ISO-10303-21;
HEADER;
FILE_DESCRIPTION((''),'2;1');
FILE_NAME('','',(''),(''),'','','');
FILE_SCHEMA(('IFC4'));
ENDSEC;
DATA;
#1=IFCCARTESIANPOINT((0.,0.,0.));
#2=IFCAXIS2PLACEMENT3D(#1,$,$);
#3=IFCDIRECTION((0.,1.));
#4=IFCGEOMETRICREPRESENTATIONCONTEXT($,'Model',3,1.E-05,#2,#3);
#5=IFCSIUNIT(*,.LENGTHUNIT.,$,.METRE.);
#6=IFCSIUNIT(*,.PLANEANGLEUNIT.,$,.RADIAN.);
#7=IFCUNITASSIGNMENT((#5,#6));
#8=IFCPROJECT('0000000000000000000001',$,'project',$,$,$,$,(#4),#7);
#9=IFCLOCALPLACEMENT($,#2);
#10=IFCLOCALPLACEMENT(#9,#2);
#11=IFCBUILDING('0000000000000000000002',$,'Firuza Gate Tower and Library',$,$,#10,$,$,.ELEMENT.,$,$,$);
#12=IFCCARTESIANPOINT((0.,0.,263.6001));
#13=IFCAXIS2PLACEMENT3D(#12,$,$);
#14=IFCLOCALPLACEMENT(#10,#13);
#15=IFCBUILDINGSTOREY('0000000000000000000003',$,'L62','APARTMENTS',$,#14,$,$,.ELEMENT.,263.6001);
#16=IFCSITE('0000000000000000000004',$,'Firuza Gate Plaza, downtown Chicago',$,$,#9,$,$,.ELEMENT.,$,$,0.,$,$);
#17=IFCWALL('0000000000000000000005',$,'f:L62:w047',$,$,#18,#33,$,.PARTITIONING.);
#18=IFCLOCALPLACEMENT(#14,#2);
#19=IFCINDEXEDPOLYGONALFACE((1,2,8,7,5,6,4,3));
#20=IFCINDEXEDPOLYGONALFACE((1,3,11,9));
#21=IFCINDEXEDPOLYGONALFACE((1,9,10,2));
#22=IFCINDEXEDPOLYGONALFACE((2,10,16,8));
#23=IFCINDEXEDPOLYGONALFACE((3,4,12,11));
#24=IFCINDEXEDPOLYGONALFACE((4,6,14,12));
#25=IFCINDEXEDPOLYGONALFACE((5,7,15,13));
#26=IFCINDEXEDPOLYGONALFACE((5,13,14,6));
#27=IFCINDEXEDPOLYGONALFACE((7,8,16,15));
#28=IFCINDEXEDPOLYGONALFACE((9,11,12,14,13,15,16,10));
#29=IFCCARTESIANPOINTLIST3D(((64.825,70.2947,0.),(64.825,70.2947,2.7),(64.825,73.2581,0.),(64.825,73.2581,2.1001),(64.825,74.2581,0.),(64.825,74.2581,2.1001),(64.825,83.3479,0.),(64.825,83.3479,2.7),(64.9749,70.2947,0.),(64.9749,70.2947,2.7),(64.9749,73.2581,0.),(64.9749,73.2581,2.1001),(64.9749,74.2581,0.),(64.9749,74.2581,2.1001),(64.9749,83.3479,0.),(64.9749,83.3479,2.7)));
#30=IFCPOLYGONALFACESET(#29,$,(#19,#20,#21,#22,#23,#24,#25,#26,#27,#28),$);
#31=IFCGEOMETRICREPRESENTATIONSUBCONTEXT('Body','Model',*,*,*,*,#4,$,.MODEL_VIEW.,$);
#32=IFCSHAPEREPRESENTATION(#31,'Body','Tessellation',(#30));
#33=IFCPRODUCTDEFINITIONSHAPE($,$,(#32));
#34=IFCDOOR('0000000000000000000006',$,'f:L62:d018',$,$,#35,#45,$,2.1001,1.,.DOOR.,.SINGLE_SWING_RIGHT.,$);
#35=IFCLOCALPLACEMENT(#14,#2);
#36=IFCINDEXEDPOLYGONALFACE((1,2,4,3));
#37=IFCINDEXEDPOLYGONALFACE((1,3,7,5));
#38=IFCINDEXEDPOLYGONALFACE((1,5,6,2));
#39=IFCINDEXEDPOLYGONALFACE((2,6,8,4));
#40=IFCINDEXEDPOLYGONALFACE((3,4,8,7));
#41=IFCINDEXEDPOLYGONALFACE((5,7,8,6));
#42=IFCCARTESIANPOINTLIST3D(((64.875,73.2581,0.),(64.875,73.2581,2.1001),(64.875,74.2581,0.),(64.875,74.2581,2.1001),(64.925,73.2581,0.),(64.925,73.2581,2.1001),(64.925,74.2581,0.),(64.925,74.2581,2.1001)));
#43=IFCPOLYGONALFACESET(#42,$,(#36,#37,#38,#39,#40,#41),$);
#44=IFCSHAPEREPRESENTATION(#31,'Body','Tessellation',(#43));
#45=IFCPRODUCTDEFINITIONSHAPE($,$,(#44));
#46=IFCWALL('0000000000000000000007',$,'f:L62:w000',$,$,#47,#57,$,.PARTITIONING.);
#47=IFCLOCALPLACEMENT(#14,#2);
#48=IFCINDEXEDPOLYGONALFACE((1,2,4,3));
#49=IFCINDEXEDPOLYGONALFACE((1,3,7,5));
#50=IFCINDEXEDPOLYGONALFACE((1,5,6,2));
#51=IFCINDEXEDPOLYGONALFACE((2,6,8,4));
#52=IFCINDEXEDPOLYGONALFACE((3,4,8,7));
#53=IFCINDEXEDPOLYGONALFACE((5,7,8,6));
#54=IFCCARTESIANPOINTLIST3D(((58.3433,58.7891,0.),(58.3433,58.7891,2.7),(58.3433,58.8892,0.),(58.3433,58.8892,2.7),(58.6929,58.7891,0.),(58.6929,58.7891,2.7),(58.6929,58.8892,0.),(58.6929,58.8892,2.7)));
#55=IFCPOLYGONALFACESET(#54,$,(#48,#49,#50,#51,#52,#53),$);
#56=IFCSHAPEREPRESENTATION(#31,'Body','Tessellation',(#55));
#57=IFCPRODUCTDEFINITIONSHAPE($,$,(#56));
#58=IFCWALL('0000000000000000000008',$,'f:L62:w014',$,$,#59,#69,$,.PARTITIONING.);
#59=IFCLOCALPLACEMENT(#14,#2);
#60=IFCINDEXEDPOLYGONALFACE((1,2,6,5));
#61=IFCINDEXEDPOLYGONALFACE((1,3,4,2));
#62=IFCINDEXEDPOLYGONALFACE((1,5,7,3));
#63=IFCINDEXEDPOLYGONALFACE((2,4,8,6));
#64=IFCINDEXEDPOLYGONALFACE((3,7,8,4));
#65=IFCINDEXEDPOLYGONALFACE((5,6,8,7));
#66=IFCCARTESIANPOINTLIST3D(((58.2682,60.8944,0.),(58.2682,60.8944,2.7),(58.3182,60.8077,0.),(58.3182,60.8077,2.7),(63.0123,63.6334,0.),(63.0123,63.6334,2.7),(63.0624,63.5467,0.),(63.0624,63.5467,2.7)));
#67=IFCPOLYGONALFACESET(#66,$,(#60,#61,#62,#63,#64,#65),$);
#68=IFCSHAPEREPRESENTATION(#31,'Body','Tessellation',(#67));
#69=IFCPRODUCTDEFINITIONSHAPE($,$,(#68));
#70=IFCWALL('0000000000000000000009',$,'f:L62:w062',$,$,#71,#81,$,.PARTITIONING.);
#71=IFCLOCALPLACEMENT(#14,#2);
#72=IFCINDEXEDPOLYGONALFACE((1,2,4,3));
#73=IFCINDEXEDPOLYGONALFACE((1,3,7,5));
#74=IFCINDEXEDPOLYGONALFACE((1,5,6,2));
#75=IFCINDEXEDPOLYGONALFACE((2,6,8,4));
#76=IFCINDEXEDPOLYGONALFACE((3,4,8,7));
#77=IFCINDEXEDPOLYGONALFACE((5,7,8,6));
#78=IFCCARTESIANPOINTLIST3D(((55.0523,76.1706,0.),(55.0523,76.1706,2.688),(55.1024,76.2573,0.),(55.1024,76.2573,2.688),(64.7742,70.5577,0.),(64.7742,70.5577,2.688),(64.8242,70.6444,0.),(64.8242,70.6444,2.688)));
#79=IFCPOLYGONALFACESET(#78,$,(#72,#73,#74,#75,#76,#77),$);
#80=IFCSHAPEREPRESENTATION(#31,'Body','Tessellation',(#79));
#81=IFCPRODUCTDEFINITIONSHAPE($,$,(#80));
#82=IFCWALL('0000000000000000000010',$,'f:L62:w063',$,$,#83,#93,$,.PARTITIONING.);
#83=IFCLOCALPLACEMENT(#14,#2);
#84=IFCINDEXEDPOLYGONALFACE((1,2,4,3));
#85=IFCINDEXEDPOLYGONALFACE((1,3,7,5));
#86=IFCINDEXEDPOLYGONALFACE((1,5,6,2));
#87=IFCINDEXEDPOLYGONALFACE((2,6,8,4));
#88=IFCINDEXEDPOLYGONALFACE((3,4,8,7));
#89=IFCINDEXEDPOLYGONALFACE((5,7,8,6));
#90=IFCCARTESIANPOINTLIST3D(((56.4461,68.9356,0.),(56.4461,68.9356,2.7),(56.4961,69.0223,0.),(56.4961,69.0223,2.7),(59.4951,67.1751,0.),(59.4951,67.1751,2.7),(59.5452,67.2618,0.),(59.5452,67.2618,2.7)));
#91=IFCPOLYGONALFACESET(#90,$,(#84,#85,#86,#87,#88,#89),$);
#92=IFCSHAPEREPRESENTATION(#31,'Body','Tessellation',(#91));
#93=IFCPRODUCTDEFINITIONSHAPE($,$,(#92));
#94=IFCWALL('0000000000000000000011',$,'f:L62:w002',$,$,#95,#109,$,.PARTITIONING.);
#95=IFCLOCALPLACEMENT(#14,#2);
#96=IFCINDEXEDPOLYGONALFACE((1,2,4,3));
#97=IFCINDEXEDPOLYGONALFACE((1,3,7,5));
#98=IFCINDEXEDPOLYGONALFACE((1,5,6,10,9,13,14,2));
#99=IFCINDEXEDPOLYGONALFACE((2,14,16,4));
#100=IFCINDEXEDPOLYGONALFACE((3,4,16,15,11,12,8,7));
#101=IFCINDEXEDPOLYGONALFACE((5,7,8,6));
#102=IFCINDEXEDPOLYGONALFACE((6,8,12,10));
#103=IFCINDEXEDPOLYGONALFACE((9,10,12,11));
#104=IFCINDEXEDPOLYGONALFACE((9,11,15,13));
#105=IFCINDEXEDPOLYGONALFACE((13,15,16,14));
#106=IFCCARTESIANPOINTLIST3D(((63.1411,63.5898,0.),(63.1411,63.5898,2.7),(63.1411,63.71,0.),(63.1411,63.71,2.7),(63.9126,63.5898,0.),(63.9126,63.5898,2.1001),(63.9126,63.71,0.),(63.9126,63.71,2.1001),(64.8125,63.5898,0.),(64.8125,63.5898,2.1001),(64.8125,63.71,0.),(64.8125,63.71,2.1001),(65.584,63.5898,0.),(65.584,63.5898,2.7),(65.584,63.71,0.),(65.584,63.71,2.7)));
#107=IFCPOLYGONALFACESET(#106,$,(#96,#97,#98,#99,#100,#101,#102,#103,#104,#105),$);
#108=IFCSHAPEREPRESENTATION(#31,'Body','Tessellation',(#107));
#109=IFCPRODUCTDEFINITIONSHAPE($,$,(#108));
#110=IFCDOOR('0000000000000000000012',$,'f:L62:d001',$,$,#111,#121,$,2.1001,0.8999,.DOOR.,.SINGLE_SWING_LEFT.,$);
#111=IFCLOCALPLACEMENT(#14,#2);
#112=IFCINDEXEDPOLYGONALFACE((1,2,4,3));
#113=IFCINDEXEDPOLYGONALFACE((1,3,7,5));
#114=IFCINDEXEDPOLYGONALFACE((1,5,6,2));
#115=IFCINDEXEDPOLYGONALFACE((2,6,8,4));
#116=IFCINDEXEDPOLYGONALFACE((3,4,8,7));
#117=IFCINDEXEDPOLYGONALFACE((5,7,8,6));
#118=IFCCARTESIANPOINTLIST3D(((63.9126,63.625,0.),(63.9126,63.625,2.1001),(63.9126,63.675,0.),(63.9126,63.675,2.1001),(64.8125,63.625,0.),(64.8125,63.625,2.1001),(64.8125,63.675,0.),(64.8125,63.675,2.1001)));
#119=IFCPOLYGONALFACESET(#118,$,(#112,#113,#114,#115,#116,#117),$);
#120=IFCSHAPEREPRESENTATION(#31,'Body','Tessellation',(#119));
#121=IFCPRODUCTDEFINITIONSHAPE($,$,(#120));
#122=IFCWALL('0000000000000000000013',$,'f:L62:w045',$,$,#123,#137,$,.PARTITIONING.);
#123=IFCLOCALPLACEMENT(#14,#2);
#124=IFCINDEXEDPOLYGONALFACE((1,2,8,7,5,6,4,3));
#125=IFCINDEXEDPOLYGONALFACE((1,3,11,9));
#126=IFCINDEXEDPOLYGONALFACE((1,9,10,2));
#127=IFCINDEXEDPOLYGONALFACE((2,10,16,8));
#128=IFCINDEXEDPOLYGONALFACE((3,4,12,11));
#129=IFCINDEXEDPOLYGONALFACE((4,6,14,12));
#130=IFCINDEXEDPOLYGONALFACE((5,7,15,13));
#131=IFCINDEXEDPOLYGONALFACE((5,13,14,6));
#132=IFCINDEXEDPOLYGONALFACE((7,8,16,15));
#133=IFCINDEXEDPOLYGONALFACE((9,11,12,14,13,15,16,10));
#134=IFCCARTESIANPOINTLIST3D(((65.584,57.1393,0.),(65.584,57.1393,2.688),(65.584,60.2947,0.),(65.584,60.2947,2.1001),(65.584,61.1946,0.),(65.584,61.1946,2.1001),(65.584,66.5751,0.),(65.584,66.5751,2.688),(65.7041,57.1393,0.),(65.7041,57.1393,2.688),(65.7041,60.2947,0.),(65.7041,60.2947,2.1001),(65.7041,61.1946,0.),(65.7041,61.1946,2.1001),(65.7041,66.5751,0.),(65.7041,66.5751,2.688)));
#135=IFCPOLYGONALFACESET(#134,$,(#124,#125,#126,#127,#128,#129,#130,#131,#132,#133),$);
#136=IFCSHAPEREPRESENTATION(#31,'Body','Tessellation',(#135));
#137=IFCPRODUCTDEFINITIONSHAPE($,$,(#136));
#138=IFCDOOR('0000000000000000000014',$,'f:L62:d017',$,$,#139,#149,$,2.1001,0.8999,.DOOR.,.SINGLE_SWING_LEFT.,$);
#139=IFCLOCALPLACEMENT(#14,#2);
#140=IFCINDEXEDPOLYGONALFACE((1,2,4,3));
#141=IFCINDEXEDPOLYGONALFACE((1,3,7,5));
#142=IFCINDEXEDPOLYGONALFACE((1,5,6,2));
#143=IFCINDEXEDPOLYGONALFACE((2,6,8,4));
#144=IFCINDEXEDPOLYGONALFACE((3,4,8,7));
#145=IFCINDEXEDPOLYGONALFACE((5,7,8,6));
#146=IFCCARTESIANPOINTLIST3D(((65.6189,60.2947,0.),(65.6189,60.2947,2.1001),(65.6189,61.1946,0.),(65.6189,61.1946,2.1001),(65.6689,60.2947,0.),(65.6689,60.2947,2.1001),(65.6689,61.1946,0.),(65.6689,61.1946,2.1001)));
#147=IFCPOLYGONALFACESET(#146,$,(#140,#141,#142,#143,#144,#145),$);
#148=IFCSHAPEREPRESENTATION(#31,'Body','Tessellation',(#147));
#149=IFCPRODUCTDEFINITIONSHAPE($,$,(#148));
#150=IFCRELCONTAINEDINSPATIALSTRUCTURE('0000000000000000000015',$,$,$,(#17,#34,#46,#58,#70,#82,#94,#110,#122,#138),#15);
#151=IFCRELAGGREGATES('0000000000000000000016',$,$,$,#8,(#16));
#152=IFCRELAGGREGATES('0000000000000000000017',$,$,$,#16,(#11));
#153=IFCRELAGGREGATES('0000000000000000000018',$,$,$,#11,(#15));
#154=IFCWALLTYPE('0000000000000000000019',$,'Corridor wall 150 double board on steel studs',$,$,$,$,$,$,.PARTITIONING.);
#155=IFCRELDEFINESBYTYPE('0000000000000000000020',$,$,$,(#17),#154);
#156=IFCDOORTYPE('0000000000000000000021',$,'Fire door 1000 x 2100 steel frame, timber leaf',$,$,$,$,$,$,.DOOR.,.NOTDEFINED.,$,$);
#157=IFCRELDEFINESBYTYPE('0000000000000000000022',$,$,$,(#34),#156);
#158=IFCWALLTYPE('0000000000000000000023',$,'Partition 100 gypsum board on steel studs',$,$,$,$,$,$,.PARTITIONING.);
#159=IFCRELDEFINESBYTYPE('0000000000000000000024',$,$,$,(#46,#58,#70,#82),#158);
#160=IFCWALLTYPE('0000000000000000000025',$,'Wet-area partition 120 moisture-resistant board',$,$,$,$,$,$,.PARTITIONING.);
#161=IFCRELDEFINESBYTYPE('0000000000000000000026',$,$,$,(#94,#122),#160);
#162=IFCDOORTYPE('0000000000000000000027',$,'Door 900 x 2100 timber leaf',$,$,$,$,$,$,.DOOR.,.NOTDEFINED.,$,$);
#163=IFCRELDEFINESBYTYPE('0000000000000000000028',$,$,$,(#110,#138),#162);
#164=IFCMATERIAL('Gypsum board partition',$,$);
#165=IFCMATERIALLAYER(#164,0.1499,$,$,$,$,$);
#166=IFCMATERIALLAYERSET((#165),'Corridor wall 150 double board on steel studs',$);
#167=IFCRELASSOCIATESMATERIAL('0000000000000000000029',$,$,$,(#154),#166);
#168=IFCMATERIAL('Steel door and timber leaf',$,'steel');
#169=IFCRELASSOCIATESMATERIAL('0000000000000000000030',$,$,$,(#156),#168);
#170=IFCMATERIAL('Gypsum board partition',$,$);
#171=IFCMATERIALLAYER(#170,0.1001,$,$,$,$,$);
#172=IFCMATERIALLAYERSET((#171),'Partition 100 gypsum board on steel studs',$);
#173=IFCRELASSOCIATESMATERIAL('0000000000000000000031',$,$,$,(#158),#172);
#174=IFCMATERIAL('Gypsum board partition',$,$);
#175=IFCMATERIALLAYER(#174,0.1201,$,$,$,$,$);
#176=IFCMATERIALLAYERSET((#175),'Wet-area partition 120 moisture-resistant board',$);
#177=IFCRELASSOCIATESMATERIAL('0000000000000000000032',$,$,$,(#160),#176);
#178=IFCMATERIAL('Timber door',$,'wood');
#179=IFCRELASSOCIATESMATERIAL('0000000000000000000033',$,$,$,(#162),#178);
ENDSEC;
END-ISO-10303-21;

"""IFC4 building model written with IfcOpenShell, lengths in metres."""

from ifc_helpers import new_model, si_unit, direction, frame, frame_2d, origin, place, context, subcontext, project, spatial, rectangle, extrude, material, layer, layer_set, type_object, element, fill, save


model = new_model("IFC4")

# Units and contexts
model_context = context("Model", 3, precision=1e-05, world=origin(), true_north=direction((0.0, 1.0)))
body_context = subcontext(model_context, "Body", "Model", "MODEL_VIEW")
ifc_project = project(units=[si_unit("LENGTHUNIT", "METRE"), si_unit("PLANEANGLEUNIT", "RADIAN")], contexts=[model_context])

# Site, building, storey
site_placement = place(None, origin())
site = spatial("IfcSite", under=ifc_project, at=site_placement, Name="Firuza Gate Plaza, downtown Chicago", CompositionType="ELEMENT", RefElevation=0.0)
building_placement = place(site_placement, origin())
building = spatial("IfcBuilding", under=site, at=building_placement, Name="Firuza Gate Tower and Library", CompositionType="ELEMENT")
storey_placement = place(building_placement, frame((0.0, 0.0, 263.6001)))
storey = spatial("IfcBuildingStorey", under=building, at=storey_placement, Name="L62", Description="APARTMENTS", CompositionType="ELEMENT", Elevation=263.6001)

# Shared definitions
ifc_material_1 = material(Name="Gypsum board partition")
ifc_layer_1 = layer(ifc_material_1, 0.1499)
ifc_layer_set_1 = layer_set([ifc_layer_1], Name="Corridor wall 150 double board on steel studs")
wall_type_1 = type_object("IfcWallType", Name="Corridor wall 150 double board on steel studs", PredefinedType="PARTITIONING", material=ifc_layer_set_1)
ifc_material_2 = material(Name="Steel door and timber leaf", Category="steel")
door_type_1 = type_object("IfcDoorType", Name="Fire door 1000 x 2100 steel frame, timber leaf", OperationType="NOTDEFINED", PredefinedType="DOOR", material=ifc_material_2)

# Wall, opening, door
wall_1_placement = place(storey_placement, frame((64.8999, 70.2947, 0.0), z_axis=(0.0, 0.0, 1.0), x_axis=(0.0, 1.0, 0.0)))
wall_1 = element("IfcWall", 1, at=wall_1_placement, inside=storey, type_object=wall_type_1, Name="f:L62:w047", PredefinedType="PARTITIONING", context=body_context, shape_type="SweptSolid", body=[
    extrude(rectangle(XDim=13.0532, YDim=0.1499, at=frame_2d((6.5266, 0.0))), origin(), (0.0, 0.0, 1.0), 2.7),
])
opening_1_placement = place(wall_1_placement, frame((2.9634, 0.0, 0.0)))
opening_1 = element("IfcOpeningElement", 2, at=opening_1_placement, cuts=wall_1, PredefinedType="OPENING", context=body_context, shape_type="SweptSolid", body=[
    extrude(rectangle(XDim=1.0, YDim=2.1001, at=frame_2d((0.5, 1.05))), frame((0.0, 0.085, 0.0), z_axis=(0.0, -1.0, 0.0), x_axis=(1.0, 0.0, 0.0)), (0.0, 0.0, 1.0), 0.1699),
])
door_1_placement = place(opening_1_placement, origin())
door_1 = element("IfcDoor", 3, at=door_1_placement, inside=storey, type_object=door_type_1, Name="f:L62:d018", OperationType="SINGLE_SWING_RIGHT", OverallHeight=2.1001, OverallWidth=1.0, PredefinedType="DOOR", context=body_context, shape_type="SweptSolid", body=[
    extrude(rectangle(XDim=1.0, YDim=2.1001, at=frame_2d((0.5, 1.05))), frame((0.0, 0.0249, 0.0), z_axis=(0.0, -1.0, 0.0), x_axis=(1.0, 0.0, 0.0)), (0.0, 0.0, 1.0), 0.05),
])
fill(opening_1, door_1)

# Walls
ifc_material_3 = material(Name="Gypsum board partition")
ifc_layer_2 = layer(ifc_material_3, 0.1001)
ifc_layer_set_2 = layer_set([ifc_layer_2], Name="Partition 100 gypsum board on steel studs")
wall_type_2 = type_object("IfcWallType", Name="Partition 100 gypsum board on steel studs", PredefinedType="PARTITIONING", material=ifc_layer_set_2)
wall_2_placement = place(storey_placement, frame((58.3433, 58.8391, 0.0), z_axis=(0.0, 0.0, 1.0), x_axis=(1.0, 0.0, 0.0)))
element("IfcWall", 4, at=wall_2_placement, inside=storey, type_object=wall_type_2, Name="f:L62:w000", PredefinedType="PARTITIONING", context=body_context, shape_type="SweptSolid", body=[
    extrude(rectangle(XDim=0.3496, YDim=0.1001, at=frame_2d((0.1748, 0.0))), origin(), (0.0, 0.0, 1.0), 2.7),
])
wall_3_placement = place(storey_placement, frame((58.2932, 60.8511, 0.0), z_axis=(0.0, 0.0, 1.0), x_axis=(0.866027, 0.499998, 0.0)))
element("IfcWall", 5, at=wall_3_placement, inside=storey, type_object=wall_type_2, Name="f:L62:w014", PredefinedType="PARTITIONING", context=body_context, shape_type="SweptSolid", body=[
    extrude(rectangle(XDim=5.478, YDim=0.1001, at=frame_2d((2.739, 0.0))), origin(), (0.0, 0.0, 1.0), 2.7),
])
wall_4_placement = place(storey_placement, frame((64.7991, 70.6011, 0.0), z_axis=(0.0, 0.0, 1.0), x_axis=(-0.866022, 0.500005, 0.0)))
element("IfcWall", 6, at=wall_4_placement, inside=storey, type_object=wall_type_2, Name="f:L62:w062", PredefinedType="PARTITIONING", context=body_context, shape_type="SweptSolid", body=[
    extrude(rectangle(XDim=11.2258, YDim=0.1001, at=frame_2d((5.6128, 0.0))), origin(), (0.0, 0.0, 1.0), 2.688),
])
wall_5_placement = place(storey_placement, frame((59.52, 67.2185, 0.0), z_axis=(0.0, 0.0, 1.0), x_axis=(-0.866011, 0.500025, 0.0)))
element("IfcWall", 7, at=wall_5_placement, inside=storey, type_object=wall_type_2, Name="f:L62:w063", PredefinedType="PARTITIONING", context=body_context, shape_type="SweptSolid", body=[
    extrude(rectangle(XDim=3.5208, YDim=0.1001, at=frame_2d((1.7603, 0.0))), origin(), (0.0, 0.0, 1.0), 2.7),
])

# Walls, openings, doors
ifc_material_4 = material(Name="Gypsum board partition")
ifc_layer_3 = layer(ifc_material_4, 0.1201)
ifc_layer_set_3 = layer_set([ifc_layer_3], Name="Wet-area partition 120 moisture-resistant board")
wall_type_3 = type_object("IfcWallType", Name="Wet-area partition 120 moisture-resistant board", PredefinedType="PARTITIONING", material=ifc_layer_set_3)
wall_6_placement = place(storey_placement, frame((65.584, 63.6499, 0.0), z_axis=(0.0, 0.0, 1.0), x_axis=(-1.0, 0.0, 0.0)))
wall_6 = element("IfcWall", 8, at=wall_6_placement, inside=storey, type_object=wall_type_3, Name="f:L62:w002", PredefinedType="PARTITIONING", context=body_context, shape_type="SweptSolid", body=[
    extrude(rectangle(XDim=2.4429, YDim=0.1201, at=frame_2d((1.2214, 0.0))), origin(), (0.0, 0.0, 1.0), 2.7),
])
opening_2_placement = place(wall_6_placement, frame((0.7715, 0.0, 0.0)))
opening_2 = element("IfcOpeningElement", 9, at=opening_2_placement, cuts=wall_6, PredefinedType="OPENING", context=body_context, shape_type="SweptSolid", body=[
    extrude(rectangle(XDim=0.8999, YDim=2.1001, at=frame_2d((0.45, 1.05))), frame((0.0, 0.0701, 0.0), z_axis=(0.0, -1.0, 0.0), x_axis=(1.0, 0.0, 0.0)), (0.0, 0.0, 1.0), 0.1401),
])
ifc_material_5 = material(Name="Timber door", Category="wood")
door_type_2 = type_object("IfcDoorType", Name="Door 900 x 2100 timber leaf", OperationType="NOTDEFINED", PredefinedType="DOOR", material=ifc_material_5)
door_2_placement = place(opening_2_placement, origin())
door_2 = element("IfcDoor", 10, at=door_2_placement, inside=storey, type_object=door_type_2, Name="f:L62:d001", OperationType="SINGLE_SWING_LEFT", OverallHeight=2.1001, OverallWidth=0.8999, PredefinedType="DOOR", context=body_context, shape_type="SweptSolid", body=[
    extrude(rectangle(XDim=0.8999, YDim=2.1001, at=frame_2d((0.45, 1.05))), frame((0.0, 0.0249, 0.0), z_axis=(0.0, -1.0, 0.0), x_axis=(1.0, 0.0, 0.0)), (0.0, 0.0, 1.0), 0.05),
])
fill(opening_2, door_2)
wall_7_placement = place(storey_placement, frame((65.644, 66.575, 0.0), z_axis=(0.0, 0.0, 1.0), x_axis=(0.0, -1.0, 0.0)))
wall_7 = element("IfcWall", 11, at=wall_7_placement, inside=storey, type_object=wall_type_3, Name="f:L62:w045", PredefinedType="PARTITIONING", context=body_context, shape_type="SweptSolid", body=[
    extrude(rectangle(XDim=9.4358, YDim=0.1201, at=frame_2d((4.7178, 0.0))), origin(), (0.0, 0.0, 1.0), 2.688),
])
opening_3_placement = place(wall_7_placement, frame((5.3804, 0.0, 0.0)))
opening_3 = element("IfcOpeningElement", 12, at=opening_3_placement, cuts=wall_7, PredefinedType="OPENING", context=body_context, shape_type="SweptSolid", body=[
    extrude(rectangle(XDim=0.8999, YDim=2.1001, at=frame_2d((0.45, 1.05))), frame((0.0, 0.0701, 0.0), z_axis=(0.0, -1.0, 0.0), x_axis=(1.0, 0.0, 0.0)), (0.0, 0.0, 1.0), 0.1401),
])
door_3_placement = place(opening_3_placement, origin())
door_3 = element("IfcDoor", 13, at=door_3_placement, inside=storey, type_object=door_type_2, Name="f:L62:d017", OperationType="SINGLE_SWING_LEFT", OverallHeight=2.1001, OverallWidth=0.8999, PredefinedType="DOOR", context=body_context, shape_type="SweptSolid", body=[
    extrude(rectangle(XDim=0.8999, YDim=2.1001, at=frame_2d((0.45, 1.05))), frame((0.0, 0.0249, 0.0), z_axis=(0.0, -1.0, 0.0), x_axis=(1.0, 0.0, 0.0)), (0.0, 0.0, 1.0), 0.05),
])
fill(opening_3, door_3)

save(model, "model.ifc")
